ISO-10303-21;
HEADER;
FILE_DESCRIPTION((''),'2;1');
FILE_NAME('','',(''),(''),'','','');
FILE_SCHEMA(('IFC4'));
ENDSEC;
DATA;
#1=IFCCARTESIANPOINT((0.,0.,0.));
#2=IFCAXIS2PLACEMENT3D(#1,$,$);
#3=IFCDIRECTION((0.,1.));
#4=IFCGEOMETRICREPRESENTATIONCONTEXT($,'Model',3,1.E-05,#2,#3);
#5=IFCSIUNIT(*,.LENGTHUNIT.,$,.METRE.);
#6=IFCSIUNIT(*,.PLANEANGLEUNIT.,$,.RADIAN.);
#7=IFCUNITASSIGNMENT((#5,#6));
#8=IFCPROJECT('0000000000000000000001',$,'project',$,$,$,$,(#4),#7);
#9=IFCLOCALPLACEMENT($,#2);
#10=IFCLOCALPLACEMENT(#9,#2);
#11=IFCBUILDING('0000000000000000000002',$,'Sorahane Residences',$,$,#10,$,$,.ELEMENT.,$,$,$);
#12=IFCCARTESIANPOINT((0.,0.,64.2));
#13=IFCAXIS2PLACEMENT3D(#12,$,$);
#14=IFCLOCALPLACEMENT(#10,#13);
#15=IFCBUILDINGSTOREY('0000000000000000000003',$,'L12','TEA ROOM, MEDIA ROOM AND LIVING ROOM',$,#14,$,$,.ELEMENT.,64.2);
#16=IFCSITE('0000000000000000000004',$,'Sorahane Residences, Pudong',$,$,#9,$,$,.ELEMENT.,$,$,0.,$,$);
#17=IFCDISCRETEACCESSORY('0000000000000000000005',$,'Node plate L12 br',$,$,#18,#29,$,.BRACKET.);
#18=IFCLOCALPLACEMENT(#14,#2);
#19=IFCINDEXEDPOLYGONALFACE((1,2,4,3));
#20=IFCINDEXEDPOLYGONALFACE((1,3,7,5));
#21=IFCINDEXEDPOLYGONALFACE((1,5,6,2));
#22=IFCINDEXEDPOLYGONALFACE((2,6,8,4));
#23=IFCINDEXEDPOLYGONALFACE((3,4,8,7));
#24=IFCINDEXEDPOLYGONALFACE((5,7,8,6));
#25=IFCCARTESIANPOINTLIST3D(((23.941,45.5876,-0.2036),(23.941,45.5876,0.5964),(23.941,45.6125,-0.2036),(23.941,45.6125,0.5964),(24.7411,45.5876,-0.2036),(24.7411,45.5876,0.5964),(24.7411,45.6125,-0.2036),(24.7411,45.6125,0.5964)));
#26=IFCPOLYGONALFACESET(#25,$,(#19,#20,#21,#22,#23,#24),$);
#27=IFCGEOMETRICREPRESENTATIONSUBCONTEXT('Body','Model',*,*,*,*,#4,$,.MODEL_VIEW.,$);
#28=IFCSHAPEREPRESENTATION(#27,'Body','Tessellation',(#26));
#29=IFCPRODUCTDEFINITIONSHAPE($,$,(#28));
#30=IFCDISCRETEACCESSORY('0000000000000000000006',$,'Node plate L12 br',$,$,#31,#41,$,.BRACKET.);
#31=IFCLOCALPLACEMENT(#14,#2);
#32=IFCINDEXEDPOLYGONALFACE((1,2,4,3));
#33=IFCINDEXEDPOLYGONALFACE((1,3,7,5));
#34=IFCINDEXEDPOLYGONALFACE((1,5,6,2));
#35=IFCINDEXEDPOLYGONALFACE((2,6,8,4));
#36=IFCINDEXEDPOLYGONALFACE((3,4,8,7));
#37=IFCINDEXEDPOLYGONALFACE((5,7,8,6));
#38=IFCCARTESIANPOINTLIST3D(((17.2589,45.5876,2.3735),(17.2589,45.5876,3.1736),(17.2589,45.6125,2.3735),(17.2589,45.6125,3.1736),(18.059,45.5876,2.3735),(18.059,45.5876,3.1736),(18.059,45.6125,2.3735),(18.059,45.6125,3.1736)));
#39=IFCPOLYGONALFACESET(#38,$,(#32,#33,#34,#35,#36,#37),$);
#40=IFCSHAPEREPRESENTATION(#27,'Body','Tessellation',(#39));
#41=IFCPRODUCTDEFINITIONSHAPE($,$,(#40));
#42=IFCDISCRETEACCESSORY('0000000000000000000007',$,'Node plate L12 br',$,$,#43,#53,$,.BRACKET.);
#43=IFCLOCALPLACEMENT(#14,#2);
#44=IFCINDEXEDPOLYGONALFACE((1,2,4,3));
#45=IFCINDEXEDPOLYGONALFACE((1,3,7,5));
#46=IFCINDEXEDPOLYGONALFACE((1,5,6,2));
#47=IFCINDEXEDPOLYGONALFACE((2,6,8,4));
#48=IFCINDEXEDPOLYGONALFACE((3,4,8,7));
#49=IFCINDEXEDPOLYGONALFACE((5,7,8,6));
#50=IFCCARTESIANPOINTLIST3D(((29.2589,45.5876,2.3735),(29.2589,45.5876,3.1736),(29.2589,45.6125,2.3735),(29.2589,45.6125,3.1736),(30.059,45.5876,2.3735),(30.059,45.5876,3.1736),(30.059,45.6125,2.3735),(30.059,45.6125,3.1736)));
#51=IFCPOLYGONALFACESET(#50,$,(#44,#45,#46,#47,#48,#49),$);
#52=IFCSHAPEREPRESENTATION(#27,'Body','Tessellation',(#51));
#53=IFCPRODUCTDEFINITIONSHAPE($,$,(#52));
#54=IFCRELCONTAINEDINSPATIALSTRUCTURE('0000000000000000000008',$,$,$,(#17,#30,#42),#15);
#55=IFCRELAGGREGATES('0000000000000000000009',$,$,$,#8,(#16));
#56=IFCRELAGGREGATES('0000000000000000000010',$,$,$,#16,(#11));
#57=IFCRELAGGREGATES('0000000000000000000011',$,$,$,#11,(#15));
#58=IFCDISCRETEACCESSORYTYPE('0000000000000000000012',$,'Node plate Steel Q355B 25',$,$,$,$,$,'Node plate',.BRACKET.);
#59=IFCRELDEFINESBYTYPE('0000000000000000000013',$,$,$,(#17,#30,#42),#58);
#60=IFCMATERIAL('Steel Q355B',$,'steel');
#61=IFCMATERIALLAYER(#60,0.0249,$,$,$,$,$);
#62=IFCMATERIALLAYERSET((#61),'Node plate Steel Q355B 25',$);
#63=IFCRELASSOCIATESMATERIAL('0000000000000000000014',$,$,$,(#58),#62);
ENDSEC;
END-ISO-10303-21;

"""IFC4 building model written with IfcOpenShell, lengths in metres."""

from ifc_helpers import new_model, si_unit, direction, frame, origin, origin_2d, place, context, subcontext, project, spatial, rectangle, extrude, material, layer, layer_set, type_object, element, save


model = new_model("IFC4")

# Units and contexts
model_context = context("Model", 3, precision=1e-05, world=origin(), true_north=direction((0.0, 1.0)))
body_context = subcontext(model_context, "Body", "Model", "MODEL_VIEW")
ifc_project = project(units=[si_unit("LENGTHUNIT", "METRE"), si_unit("PLANEANGLEUNIT", "RADIAN")], contexts=[model_context])

# Site, building, storey
site_placement = place(None, origin())
site = spatial("IfcSite", under=ifc_project, at=site_placement, Name="Sorahane Residences, Pudong", CompositionType="ELEMENT", RefElevation=0.0)
building_placement = place(site_placement, origin())
building = spatial("IfcBuilding", under=site, at=building_placement, Name="Sorahane Residences", CompositionType="ELEMENT")
storey_placement = place(building_placement, frame((0.0, 0.0, 64.2)))
storey = spatial("IfcBuildingStorey", under=building, at=storey_placement, Name="L12", Description="TEA ROOM, MEDIA ROOM AND LIVING ROOM", CompositionType="ELEMENT", Elevation=64.2)

# Discrete accessories
ifc_material_1 = material(Name="Steel Q355B", Category="steel")
ifc_layer_1 = layer(ifc_material_1, 0.0249)
ifc_layer_set_1 = layer_set([ifc_layer_1], Name="Node plate Steel Q355B 25")
discrete_accessory_type = type_object("IfcDiscreteAccessoryType", Name="Node plate Steel Q355B 25", ElementType="Node plate", PredefinedType="BRACKET", material=ifc_layer_set_1)
for number, where, z_axis, x_axis, name in (
    (1, (24.3411, 45.6001, -0.2036), (0.0, 0.0, 1.0), (1.0, 0.0, 0.0), "Node plate L12 br"),
    (2, (17.6589, 45.6001, 2.3735), (0.0, 0.0, 1.0), (1.0, 0.0, 0.0), "Node plate L12 br"),
    (3, (29.6589, 45.6001, 2.3735), (0.0, 0.0, 1.0), (1.0, 0.0, 0.0), "Node plate L12 br"),
):
    element("IfcDiscreteAccessory", number, at=place(storey_placement, frame(where, z_axis=z_axis, x_axis=x_axis)), inside=storey, type_object=discrete_accessory_type, Name=name, PredefinedType="BRACKET", context=body_context, shape_type="SweptSolid", body=[
        extrude(rectangle(XDim=0.8, YDim=0.0249, at=origin_2d()), origin(), (0.0, 0.0, 1.0), 0.8),
    ])

save(model, "model.ifc")
